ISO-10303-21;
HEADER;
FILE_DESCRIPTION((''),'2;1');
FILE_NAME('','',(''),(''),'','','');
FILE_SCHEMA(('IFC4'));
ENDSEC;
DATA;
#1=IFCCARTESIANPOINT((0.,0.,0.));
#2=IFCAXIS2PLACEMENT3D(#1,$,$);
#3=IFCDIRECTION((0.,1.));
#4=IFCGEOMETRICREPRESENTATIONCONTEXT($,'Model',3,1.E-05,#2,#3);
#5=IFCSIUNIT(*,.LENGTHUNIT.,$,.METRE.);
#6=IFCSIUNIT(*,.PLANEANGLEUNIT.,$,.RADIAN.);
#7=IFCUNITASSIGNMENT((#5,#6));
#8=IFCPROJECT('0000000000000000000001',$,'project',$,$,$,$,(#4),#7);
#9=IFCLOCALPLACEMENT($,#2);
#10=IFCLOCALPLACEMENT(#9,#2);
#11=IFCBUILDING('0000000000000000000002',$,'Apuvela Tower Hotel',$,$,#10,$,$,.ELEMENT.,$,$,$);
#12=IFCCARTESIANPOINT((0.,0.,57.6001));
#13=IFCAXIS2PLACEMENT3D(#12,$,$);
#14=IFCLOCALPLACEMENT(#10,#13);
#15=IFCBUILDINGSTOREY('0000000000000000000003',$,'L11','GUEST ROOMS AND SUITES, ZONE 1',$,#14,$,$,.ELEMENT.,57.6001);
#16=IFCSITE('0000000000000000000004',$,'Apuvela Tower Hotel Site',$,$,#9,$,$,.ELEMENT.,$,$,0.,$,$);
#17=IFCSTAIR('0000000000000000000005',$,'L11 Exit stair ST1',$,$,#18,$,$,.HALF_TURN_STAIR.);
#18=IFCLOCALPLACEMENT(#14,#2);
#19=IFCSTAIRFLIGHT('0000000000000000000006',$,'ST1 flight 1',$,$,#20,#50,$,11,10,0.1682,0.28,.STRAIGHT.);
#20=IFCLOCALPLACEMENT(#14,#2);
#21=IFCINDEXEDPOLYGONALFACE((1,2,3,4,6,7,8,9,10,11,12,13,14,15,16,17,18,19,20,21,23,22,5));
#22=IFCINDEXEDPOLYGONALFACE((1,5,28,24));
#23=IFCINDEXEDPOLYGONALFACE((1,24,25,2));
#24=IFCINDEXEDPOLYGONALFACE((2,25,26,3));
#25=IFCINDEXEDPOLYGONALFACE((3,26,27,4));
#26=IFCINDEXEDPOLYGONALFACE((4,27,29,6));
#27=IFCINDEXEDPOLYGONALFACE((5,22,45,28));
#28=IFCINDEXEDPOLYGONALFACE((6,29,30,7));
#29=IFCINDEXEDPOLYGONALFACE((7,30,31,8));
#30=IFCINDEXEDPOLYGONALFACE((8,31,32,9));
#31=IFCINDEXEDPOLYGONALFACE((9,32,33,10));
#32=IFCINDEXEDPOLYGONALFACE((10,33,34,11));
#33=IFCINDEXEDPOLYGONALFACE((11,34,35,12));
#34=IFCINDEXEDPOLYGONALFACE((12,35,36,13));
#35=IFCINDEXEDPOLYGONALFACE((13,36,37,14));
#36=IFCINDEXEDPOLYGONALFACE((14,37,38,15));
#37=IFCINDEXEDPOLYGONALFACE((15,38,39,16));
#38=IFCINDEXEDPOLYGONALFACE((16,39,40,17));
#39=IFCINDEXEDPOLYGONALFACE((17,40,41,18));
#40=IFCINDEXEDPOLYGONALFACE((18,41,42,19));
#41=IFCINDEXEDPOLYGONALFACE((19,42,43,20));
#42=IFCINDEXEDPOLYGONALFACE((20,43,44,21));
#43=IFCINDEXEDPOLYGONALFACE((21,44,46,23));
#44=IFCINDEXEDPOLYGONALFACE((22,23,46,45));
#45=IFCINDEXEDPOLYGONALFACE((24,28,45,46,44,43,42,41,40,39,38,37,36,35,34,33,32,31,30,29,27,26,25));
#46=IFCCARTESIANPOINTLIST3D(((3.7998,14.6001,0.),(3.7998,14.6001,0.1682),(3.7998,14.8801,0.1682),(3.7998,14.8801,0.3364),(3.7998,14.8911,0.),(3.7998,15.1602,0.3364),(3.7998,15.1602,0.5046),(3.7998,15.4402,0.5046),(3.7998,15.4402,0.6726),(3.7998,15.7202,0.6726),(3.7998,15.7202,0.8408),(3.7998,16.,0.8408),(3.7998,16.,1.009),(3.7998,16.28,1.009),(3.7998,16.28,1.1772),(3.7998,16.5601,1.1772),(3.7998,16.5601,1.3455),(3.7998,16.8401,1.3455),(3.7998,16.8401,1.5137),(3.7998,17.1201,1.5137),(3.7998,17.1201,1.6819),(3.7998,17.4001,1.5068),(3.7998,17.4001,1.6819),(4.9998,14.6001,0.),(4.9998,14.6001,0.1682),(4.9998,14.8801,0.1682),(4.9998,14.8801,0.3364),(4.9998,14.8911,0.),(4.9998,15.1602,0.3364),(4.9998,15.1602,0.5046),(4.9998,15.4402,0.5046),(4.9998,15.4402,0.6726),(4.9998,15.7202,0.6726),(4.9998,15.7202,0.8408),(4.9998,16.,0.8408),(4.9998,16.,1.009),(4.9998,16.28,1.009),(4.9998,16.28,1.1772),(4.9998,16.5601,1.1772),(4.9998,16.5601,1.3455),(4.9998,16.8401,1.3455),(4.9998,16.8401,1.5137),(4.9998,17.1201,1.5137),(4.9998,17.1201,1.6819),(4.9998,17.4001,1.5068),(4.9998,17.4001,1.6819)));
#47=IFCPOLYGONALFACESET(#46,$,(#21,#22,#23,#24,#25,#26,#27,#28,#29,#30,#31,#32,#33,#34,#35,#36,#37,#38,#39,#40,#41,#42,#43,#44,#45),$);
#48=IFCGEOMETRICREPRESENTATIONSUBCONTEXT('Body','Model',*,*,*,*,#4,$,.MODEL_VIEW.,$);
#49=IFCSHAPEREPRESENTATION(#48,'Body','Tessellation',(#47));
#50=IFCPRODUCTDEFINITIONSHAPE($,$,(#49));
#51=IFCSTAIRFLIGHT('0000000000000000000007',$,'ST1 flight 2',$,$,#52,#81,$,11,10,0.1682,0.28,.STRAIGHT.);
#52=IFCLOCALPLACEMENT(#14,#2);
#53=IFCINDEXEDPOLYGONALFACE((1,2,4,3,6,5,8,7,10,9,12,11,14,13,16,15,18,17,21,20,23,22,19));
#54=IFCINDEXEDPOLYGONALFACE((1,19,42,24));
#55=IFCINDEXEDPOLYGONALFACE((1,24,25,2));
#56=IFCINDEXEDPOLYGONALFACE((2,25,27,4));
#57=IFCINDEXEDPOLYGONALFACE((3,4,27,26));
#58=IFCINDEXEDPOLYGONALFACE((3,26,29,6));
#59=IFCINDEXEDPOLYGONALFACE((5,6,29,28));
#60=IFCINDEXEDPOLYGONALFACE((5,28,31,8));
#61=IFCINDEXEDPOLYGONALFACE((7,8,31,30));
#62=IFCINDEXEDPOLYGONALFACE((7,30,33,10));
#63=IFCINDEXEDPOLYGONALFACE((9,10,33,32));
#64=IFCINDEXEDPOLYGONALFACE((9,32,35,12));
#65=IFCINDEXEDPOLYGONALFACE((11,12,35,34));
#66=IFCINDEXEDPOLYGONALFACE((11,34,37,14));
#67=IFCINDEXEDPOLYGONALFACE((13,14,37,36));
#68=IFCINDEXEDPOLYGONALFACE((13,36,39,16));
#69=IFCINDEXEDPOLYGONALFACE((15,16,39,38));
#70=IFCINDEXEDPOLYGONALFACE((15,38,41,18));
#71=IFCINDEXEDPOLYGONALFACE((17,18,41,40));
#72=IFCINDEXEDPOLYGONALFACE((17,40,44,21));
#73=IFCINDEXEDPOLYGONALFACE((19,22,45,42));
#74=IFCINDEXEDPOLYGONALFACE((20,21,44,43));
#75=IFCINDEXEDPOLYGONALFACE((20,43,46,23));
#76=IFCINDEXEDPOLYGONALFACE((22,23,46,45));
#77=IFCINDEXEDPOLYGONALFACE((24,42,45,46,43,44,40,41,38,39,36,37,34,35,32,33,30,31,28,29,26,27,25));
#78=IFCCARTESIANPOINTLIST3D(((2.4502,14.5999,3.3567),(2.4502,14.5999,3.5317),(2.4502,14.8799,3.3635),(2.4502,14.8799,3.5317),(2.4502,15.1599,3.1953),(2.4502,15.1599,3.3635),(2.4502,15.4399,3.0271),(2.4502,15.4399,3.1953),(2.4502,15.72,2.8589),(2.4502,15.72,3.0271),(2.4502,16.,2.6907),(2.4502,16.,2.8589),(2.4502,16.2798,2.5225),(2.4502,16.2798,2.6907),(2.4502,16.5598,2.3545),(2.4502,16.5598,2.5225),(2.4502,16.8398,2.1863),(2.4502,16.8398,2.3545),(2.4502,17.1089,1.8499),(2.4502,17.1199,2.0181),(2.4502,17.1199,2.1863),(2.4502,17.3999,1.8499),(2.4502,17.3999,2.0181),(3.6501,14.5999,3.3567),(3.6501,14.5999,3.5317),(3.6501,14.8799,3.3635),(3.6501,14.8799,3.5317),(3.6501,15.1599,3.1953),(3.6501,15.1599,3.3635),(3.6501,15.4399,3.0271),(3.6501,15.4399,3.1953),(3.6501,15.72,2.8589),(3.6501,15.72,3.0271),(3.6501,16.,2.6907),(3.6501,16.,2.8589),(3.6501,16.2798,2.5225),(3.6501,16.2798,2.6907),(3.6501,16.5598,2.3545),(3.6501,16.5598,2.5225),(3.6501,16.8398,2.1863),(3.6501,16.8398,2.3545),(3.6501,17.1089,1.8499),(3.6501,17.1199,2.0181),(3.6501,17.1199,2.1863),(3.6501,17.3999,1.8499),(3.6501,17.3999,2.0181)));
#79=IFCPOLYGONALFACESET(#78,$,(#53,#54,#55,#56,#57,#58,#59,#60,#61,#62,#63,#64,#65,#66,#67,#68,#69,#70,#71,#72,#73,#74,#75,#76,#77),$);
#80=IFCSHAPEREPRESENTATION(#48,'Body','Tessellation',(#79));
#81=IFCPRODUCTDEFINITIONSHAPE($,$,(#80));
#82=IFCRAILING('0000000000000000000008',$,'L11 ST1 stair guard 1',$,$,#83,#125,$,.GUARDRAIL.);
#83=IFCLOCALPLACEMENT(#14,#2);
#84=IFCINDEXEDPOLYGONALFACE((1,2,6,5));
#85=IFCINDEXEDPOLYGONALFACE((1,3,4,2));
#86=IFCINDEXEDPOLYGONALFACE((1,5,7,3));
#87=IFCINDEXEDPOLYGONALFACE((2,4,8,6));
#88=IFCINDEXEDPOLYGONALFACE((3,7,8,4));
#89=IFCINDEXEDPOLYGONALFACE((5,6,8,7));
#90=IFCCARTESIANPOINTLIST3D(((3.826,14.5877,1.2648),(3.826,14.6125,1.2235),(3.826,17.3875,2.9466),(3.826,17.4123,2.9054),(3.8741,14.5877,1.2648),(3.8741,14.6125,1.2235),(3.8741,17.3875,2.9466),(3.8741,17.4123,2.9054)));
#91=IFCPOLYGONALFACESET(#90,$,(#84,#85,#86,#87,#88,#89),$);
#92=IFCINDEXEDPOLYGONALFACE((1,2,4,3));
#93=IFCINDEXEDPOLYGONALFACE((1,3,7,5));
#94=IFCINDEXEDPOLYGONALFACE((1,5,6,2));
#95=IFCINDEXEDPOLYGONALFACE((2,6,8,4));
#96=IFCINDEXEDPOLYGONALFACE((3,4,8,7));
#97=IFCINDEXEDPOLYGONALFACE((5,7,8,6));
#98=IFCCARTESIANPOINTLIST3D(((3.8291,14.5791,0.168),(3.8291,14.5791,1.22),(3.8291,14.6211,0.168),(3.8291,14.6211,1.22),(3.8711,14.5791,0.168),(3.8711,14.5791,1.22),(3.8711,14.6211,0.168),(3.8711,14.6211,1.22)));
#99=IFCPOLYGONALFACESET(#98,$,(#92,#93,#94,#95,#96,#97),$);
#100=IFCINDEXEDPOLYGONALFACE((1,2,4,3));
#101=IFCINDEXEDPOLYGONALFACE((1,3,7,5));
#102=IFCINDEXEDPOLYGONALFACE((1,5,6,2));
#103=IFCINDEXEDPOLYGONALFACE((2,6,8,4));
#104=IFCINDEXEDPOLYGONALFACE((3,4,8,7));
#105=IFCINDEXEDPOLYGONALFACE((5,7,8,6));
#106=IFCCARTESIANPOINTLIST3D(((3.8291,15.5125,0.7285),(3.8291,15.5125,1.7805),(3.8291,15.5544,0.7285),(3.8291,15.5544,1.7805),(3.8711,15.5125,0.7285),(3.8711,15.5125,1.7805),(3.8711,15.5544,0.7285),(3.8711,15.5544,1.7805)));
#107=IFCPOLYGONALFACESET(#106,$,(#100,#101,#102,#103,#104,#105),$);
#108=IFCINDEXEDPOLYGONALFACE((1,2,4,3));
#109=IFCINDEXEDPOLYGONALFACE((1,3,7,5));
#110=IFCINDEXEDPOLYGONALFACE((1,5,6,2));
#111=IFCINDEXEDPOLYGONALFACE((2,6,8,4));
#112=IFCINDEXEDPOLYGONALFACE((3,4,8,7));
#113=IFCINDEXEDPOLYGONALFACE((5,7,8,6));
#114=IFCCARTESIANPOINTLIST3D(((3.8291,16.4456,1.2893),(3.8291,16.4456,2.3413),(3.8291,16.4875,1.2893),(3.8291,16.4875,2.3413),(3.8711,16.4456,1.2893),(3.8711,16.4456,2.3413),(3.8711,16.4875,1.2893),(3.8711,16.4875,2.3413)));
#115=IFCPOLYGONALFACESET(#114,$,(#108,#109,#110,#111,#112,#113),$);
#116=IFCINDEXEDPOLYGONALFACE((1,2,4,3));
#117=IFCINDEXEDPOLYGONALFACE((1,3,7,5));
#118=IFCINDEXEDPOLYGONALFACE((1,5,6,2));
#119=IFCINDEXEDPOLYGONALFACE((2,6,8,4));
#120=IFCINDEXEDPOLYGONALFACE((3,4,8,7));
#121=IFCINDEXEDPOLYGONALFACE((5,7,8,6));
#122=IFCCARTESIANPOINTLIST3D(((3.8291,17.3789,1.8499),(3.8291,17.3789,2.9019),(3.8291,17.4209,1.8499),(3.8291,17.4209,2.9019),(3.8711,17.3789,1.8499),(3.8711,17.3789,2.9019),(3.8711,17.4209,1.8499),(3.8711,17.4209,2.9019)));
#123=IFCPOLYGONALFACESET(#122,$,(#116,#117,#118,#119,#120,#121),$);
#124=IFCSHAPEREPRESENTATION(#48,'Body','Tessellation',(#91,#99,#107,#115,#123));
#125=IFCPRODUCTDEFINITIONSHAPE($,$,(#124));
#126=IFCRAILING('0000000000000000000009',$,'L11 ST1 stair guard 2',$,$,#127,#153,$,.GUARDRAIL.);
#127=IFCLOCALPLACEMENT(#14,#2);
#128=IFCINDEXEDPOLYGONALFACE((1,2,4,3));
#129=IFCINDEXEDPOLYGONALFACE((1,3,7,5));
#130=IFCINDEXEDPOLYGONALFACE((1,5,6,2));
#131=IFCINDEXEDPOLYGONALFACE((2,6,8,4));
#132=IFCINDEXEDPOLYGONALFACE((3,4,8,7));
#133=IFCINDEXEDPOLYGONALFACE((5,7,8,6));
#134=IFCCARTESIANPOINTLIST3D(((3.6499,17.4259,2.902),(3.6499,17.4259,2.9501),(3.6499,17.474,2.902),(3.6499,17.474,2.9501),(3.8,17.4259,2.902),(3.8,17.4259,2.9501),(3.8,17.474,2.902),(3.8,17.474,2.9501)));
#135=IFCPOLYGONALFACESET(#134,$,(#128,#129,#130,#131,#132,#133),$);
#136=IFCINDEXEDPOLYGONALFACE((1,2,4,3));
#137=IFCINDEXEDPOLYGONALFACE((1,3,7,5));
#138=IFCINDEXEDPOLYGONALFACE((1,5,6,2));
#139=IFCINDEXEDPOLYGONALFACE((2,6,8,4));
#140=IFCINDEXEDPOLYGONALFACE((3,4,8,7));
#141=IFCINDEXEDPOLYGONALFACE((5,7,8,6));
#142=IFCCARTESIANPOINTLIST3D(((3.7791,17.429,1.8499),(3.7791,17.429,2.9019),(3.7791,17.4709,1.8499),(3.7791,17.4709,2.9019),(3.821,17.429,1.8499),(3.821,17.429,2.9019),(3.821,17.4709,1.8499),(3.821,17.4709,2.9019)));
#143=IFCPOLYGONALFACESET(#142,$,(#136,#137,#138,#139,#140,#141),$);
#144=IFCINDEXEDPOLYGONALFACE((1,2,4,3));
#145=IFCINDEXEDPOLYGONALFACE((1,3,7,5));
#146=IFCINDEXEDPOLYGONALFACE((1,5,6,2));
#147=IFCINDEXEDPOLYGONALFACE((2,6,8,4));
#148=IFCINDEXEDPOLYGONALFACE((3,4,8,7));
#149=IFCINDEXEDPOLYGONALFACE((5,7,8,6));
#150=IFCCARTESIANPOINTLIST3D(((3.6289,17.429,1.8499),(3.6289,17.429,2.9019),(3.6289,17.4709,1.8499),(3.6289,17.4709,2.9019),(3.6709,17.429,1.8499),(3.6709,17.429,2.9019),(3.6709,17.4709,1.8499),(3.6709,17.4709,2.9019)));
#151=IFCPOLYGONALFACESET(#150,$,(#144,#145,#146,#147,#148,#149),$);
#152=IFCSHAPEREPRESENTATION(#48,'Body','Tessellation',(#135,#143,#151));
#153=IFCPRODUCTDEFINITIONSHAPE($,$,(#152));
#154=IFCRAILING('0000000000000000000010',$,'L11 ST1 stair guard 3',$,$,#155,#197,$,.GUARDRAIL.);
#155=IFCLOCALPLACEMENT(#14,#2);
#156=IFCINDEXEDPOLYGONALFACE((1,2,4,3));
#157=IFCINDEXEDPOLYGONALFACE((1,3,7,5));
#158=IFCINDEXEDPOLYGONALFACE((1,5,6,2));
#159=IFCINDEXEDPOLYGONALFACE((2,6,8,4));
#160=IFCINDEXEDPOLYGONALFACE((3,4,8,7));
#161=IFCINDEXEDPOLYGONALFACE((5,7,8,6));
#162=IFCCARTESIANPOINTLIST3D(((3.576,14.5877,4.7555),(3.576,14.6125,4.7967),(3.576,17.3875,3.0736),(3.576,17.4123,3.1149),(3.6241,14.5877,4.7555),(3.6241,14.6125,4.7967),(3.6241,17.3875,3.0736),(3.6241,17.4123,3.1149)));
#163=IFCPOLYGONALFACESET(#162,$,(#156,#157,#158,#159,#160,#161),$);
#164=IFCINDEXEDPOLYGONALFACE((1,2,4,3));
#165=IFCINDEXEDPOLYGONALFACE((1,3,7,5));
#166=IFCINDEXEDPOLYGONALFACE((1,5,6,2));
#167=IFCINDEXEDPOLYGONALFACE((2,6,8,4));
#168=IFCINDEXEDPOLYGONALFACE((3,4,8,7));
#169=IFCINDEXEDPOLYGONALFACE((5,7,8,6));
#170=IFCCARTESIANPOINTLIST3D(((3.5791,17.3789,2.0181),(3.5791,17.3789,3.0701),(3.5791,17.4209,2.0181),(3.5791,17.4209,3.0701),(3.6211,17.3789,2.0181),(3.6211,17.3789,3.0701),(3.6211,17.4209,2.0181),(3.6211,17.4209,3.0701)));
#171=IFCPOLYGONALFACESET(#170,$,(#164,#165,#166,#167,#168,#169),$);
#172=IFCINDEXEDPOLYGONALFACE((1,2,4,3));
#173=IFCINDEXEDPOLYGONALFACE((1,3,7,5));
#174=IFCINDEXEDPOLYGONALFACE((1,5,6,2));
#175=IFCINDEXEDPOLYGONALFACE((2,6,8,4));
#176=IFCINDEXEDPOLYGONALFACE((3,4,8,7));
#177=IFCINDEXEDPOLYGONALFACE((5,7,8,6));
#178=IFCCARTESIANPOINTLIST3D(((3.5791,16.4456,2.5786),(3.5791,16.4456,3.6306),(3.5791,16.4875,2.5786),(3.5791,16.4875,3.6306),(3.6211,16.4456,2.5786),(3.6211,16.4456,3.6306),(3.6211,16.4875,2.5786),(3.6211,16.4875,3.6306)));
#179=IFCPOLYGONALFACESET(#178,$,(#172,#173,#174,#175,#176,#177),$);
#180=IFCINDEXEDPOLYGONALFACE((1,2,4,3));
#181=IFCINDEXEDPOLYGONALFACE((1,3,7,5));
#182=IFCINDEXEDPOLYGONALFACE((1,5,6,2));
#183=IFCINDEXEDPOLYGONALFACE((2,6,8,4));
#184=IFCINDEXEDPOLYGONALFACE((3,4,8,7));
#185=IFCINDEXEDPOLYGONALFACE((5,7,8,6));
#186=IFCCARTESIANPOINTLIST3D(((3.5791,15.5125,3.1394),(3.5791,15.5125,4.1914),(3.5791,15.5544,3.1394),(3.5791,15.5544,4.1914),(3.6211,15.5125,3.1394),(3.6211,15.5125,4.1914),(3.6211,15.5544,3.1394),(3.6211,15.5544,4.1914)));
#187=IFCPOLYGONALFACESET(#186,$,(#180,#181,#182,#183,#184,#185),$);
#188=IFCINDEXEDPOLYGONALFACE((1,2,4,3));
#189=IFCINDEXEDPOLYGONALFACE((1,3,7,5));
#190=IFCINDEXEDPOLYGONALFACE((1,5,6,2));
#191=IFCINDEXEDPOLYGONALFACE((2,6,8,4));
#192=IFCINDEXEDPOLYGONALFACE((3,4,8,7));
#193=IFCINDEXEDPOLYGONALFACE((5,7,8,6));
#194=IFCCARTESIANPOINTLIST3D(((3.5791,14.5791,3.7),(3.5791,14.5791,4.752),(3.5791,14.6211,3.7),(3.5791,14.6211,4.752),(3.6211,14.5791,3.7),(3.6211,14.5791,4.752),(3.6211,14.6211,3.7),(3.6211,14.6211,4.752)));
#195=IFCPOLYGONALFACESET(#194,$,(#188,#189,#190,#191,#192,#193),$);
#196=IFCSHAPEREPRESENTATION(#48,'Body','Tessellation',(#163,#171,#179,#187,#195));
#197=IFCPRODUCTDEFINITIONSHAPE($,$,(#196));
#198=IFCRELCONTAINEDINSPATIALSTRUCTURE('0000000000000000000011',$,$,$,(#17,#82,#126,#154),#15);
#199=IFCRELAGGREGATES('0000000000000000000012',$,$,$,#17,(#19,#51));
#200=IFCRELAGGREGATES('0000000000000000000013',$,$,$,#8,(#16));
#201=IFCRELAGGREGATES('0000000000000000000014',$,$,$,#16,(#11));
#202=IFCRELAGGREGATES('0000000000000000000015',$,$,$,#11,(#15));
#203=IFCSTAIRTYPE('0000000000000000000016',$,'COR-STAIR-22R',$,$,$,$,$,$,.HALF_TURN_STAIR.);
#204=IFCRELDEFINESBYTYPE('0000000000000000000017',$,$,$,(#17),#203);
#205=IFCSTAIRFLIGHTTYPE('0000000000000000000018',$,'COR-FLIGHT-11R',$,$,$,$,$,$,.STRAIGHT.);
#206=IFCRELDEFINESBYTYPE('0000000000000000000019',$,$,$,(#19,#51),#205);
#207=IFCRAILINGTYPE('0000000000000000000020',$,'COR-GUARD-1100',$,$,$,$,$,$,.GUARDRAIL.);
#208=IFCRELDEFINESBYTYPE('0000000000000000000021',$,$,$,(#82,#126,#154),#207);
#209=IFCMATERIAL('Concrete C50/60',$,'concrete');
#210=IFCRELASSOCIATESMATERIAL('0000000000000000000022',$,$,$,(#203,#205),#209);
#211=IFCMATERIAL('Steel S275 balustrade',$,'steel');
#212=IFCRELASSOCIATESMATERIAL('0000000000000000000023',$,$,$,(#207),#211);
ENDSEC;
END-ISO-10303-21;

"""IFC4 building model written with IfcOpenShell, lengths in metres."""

from ifc_helpers import new_model, si_unit, direction, frame, origin, origin_2d, place, context, subcontext, project, spatial, polyline, rectangle, outline, extrude, material, type_object, element, aggregate, save


model = new_model("IFC4")

# Units and contexts
model_context = context("Model", 3, precision=1e-05, world=origin(), true_north=direction((0.0, 1.0)))
body_context = subcontext(model_context, "Body", "Model", "MODEL_VIEW")
ifc_project = project(units=[si_unit("LENGTHUNIT", "METRE"), si_unit("PLANEANGLEUNIT", "RADIAN")], contexts=[model_context])

# Site, building, storey
site_placement = place(None, origin())
site = spatial("IfcSite", under=ifc_project, at=site_placement, Name="Apuvela Tower Hotel Site", CompositionType="ELEMENT", RefElevation=0.0)
building_placement = place(site_placement, origin())
building = spatial("IfcBuilding", under=site, at=building_placement, Name="Apuvela Tower Hotel", CompositionType="ELEMENT")
storey_placement = place(building_placement, frame((0.0, 0.0, 57.6001)))
storey = spatial("IfcBuildingStorey", under=building, at=storey_placement, Name="L11", Description="GUEST ROOMS AND SUITES, ZONE 1", CompositionType="ELEMENT", Elevation=57.6001)

# Shared definitions
ifc_material_1 = material(Name="Concrete C50/60", Category="concrete")

# Stair, stair flights
stair_type = type_object("IfcStairType", Name="COR-STAIR-22R", PredefinedType="HALF_TURN_STAIR", material=ifc_material_1)
stair_placement = place(storey_placement, origin())
stair = element("IfcStair", 1, at=stair_placement, inside=storey, type_object=stair_type, Name="L11 Exit stair ST1", PredefinedType="HALF_TURN_STAIR")
stair_flight_type = type_object("IfcStairFlightType", Name="COR-FLIGHT-11R", PredefinedType="STRAIGHT", material=ifc_material_1)
stair_flight_1_placement = place(storey_placement, frame((4.3999, 14.6001, 0.0), z_axis=(0.0, 0.0, 1.0), x_axis=(0.0, 1.0, 0.0)))
stair_flight_1 = element("IfcStairFlight", 2, at=stair_flight_1_placement, type_object=stair_flight_type, Name="ST1 flight 1", NumberOfRisers=11, NumberOfTreads=10, PredefinedType="STRAIGHT", RiserHeight=0.1682, TreadLength=0.28, context=body_context, shape_type="SweptSolid", body=[
    extrude(outline(polyline([(0.0, 0.0), (0.0, 0.1682), (0.28, 0.1682), (0.28, 0.3364), (0.5601, 0.3364), (0.5601, 0.5046), (0.8401, 0.5046), (0.8401, 0.6726), (1.1201, 0.6726), (1.1201, 0.8408), (1.3999, 0.8408), (1.3999, 1.009), (1.6799, 1.009), (1.6799, 1.1772), (1.96, 1.1772), (1.96, 1.3455), (2.24, 1.3455), (2.24, 1.5137), (2.52, 1.5137), (2.52, 1.6819), (2.8, 1.6819), (2.8, 1.8501), (2.8, 1.5068), (0.291, 0.0), (0.0, 0.0)])), frame((0.0, 0.6001, 0.0), z_axis=(0.0, -1.0, 0.0), x_axis=(1.0, 0.0, 0.0)), (0.0, 0.0, 1.0), 1.2),
])
stair_flight_2_placement = place(storey_placement, frame((3.05, 17.3999, 1.8499), z_axis=(0.0, 0.0, 1.0), x_axis=(0.0, -1.0, 0.0)))
stair_flight_2 = element("IfcStairFlight", 3, at=stair_flight_2_placement, type_object=stair_flight_type, Name="ST1 flight 2", NumberOfRisers=11, NumberOfTreads=10, PredefinedType="STRAIGHT", RiserHeight=0.1682, TreadLength=0.28, context=body_context, shape_type="SweptSolid", body=[
    extrude(outline(polyline([(0.0, 0.0), (0.0, 0.1682), (0.28, 0.1682), (0.28, 0.3364), (0.5601, 0.3364), (0.5601, 0.5046), (0.8401, 0.5046), (0.8401, 0.6726), (1.1201, 0.6726), (1.1201, 0.8408), (1.3999, 0.8408), (1.3999, 1.009), (1.6799, 1.009), (1.6799, 1.1772), (1.96, 1.1772), (1.96, 1.3455), (2.24, 1.3455), (2.24, 1.5137), (2.52, 1.5137), (2.52, 1.6819), (2.8, 1.6819), (2.8, 1.8501), (2.8, 1.5068), (0.291, 0.0), (0.0, 0.0)])), frame((0.0, 0.6001, 0.0), z_axis=(0.0, -1.0, 0.0), x_axis=(1.0, 0.0, 0.0)), (0.0, 0.0, 1.0), 1.2),
])
aggregate(stair, [stair_flight_1, stair_flight_2])

# Railings
ifc_material_2 = material(Name="Steel S275 balustrade", Category="steel")
railing_type_1 = type_object("IfcRailingType", Name="COR-GUARD-1100", PredefinedType="GUARDRAIL", material=ifc_material_2)
railing_1_placement = place(storey_placement, frame((3.8501, 14.6001, 0.168)))
element("IfcRailing", 4, at=railing_1_placement, inside=storey, type_object=railing_type_1, Name="L11 ST1 stair guard 1", PredefinedType="GUARDRAIL", context=body_context, shape_type="SweptSolid", body=[
    extrude(rectangle(XDim=0.0481, YDim=0.0481, at=origin_2d()), frame((0.0, 0.0, 1.0762), z_axis=(0.0, 0.857222, 0.514946), x_axis=(-1.0, 0.0, 0.0)), (0.0, 0.0, 1.0), 3.2661),
    extrude(rectangle(XDim=0.042, YDim=0.042, at=origin_2d()), origin(), (0.0, 0.0, 1.0), 1.052),
    extrude(rectangle(XDim=0.042, YDim=0.042, at=origin_2d()), frame((0.0, 0.9333, 0.5605)), (0.0, 0.0, 1.0), 1.052),
    extrude(rectangle(XDim=0.042, YDim=0.042, at=origin_2d()), frame((0.0, 1.8665, 1.1213)), (0.0, 0.0, 1.0), 1.052),
    extrude(rectangle(XDim=0.042, YDim=0.042, at=origin_2d()), frame((0.0, 2.7998, 1.6819)), (0.0, 0.0, 1.0), 1.052),
])
railing_2_placement = place(storey_placement, frame((3.8, 17.45, 1.8499)))
element("IfcRailing", 5, at=railing_2_placement, inside=storey, type_object=railing_type_1, Name="L11 ST1 stair guard 2", PredefinedType="GUARDRAIL", context=body_context, shape_type="SweptSolid", body=[
    extrude(rectangle(XDim=0.0481, YDim=0.0481, at=origin_2d()), frame((0.0, 0.0, 1.0762), z_axis=(-1.0, 0.0, 0.0), x_axis=(0.0, -1.0, 0.0)), (0.0, 0.0, 1.0), 0.1501),
    extrude(rectangle(XDim=0.042, YDim=0.042, at=origin_2d()), origin(), (0.0, 0.0, 1.0), 1.052),
    extrude(rectangle(XDim=0.042, YDim=0.042, at=origin_2d()), frame((-0.1501, 0.0, 0.0)), (0.0, 0.0, 1.0), 1.052),
])
railing_3_placement = place(storey_placement, frame((3.6001, 17.3999, 2.0181)))
element("IfcRailing", 6, at=railing_3_placement, inside=storey, type_object=railing_type_1, Name="L11 ST1 stair guard 3", PredefinedType="GUARDRAIL", context=body_context, shape_type="SweptSolid", body=[
    extrude(rectangle(XDim=0.0481, YDim=0.0481, at=origin_2d()), frame((0.0, 0.0, 1.0762), z_axis=(0.0, -0.857222, 0.514946), x_axis=(1.0, 0.0, 0.0)), (0.0, 0.0, 1.0), 3.2661),
    extrude(rectangle(XDim=0.042, YDim=0.042, at=origin_2d()), origin(), (0.0, 0.0, 1.0), 1.052),
    extrude(rectangle(XDim=0.042, YDim=0.042, at=origin_2d()), frame((0.0, -0.9333, 0.5605)), (0.0, 0.0, 1.0), 1.052),
    extrude(rectangle(XDim=0.042, YDim=0.042, at=origin_2d()), frame((0.0, -1.8665, 1.1213)), (0.0, 0.0, 1.0), 1.052),
    extrude(rectangle(XDim=0.042, YDim=0.042, at=origin_2d()), frame((0.0, -2.7998, 1.6819)), (0.0, 0.0, 1.0), 1.052),
])

save(model, "model.ifc")
